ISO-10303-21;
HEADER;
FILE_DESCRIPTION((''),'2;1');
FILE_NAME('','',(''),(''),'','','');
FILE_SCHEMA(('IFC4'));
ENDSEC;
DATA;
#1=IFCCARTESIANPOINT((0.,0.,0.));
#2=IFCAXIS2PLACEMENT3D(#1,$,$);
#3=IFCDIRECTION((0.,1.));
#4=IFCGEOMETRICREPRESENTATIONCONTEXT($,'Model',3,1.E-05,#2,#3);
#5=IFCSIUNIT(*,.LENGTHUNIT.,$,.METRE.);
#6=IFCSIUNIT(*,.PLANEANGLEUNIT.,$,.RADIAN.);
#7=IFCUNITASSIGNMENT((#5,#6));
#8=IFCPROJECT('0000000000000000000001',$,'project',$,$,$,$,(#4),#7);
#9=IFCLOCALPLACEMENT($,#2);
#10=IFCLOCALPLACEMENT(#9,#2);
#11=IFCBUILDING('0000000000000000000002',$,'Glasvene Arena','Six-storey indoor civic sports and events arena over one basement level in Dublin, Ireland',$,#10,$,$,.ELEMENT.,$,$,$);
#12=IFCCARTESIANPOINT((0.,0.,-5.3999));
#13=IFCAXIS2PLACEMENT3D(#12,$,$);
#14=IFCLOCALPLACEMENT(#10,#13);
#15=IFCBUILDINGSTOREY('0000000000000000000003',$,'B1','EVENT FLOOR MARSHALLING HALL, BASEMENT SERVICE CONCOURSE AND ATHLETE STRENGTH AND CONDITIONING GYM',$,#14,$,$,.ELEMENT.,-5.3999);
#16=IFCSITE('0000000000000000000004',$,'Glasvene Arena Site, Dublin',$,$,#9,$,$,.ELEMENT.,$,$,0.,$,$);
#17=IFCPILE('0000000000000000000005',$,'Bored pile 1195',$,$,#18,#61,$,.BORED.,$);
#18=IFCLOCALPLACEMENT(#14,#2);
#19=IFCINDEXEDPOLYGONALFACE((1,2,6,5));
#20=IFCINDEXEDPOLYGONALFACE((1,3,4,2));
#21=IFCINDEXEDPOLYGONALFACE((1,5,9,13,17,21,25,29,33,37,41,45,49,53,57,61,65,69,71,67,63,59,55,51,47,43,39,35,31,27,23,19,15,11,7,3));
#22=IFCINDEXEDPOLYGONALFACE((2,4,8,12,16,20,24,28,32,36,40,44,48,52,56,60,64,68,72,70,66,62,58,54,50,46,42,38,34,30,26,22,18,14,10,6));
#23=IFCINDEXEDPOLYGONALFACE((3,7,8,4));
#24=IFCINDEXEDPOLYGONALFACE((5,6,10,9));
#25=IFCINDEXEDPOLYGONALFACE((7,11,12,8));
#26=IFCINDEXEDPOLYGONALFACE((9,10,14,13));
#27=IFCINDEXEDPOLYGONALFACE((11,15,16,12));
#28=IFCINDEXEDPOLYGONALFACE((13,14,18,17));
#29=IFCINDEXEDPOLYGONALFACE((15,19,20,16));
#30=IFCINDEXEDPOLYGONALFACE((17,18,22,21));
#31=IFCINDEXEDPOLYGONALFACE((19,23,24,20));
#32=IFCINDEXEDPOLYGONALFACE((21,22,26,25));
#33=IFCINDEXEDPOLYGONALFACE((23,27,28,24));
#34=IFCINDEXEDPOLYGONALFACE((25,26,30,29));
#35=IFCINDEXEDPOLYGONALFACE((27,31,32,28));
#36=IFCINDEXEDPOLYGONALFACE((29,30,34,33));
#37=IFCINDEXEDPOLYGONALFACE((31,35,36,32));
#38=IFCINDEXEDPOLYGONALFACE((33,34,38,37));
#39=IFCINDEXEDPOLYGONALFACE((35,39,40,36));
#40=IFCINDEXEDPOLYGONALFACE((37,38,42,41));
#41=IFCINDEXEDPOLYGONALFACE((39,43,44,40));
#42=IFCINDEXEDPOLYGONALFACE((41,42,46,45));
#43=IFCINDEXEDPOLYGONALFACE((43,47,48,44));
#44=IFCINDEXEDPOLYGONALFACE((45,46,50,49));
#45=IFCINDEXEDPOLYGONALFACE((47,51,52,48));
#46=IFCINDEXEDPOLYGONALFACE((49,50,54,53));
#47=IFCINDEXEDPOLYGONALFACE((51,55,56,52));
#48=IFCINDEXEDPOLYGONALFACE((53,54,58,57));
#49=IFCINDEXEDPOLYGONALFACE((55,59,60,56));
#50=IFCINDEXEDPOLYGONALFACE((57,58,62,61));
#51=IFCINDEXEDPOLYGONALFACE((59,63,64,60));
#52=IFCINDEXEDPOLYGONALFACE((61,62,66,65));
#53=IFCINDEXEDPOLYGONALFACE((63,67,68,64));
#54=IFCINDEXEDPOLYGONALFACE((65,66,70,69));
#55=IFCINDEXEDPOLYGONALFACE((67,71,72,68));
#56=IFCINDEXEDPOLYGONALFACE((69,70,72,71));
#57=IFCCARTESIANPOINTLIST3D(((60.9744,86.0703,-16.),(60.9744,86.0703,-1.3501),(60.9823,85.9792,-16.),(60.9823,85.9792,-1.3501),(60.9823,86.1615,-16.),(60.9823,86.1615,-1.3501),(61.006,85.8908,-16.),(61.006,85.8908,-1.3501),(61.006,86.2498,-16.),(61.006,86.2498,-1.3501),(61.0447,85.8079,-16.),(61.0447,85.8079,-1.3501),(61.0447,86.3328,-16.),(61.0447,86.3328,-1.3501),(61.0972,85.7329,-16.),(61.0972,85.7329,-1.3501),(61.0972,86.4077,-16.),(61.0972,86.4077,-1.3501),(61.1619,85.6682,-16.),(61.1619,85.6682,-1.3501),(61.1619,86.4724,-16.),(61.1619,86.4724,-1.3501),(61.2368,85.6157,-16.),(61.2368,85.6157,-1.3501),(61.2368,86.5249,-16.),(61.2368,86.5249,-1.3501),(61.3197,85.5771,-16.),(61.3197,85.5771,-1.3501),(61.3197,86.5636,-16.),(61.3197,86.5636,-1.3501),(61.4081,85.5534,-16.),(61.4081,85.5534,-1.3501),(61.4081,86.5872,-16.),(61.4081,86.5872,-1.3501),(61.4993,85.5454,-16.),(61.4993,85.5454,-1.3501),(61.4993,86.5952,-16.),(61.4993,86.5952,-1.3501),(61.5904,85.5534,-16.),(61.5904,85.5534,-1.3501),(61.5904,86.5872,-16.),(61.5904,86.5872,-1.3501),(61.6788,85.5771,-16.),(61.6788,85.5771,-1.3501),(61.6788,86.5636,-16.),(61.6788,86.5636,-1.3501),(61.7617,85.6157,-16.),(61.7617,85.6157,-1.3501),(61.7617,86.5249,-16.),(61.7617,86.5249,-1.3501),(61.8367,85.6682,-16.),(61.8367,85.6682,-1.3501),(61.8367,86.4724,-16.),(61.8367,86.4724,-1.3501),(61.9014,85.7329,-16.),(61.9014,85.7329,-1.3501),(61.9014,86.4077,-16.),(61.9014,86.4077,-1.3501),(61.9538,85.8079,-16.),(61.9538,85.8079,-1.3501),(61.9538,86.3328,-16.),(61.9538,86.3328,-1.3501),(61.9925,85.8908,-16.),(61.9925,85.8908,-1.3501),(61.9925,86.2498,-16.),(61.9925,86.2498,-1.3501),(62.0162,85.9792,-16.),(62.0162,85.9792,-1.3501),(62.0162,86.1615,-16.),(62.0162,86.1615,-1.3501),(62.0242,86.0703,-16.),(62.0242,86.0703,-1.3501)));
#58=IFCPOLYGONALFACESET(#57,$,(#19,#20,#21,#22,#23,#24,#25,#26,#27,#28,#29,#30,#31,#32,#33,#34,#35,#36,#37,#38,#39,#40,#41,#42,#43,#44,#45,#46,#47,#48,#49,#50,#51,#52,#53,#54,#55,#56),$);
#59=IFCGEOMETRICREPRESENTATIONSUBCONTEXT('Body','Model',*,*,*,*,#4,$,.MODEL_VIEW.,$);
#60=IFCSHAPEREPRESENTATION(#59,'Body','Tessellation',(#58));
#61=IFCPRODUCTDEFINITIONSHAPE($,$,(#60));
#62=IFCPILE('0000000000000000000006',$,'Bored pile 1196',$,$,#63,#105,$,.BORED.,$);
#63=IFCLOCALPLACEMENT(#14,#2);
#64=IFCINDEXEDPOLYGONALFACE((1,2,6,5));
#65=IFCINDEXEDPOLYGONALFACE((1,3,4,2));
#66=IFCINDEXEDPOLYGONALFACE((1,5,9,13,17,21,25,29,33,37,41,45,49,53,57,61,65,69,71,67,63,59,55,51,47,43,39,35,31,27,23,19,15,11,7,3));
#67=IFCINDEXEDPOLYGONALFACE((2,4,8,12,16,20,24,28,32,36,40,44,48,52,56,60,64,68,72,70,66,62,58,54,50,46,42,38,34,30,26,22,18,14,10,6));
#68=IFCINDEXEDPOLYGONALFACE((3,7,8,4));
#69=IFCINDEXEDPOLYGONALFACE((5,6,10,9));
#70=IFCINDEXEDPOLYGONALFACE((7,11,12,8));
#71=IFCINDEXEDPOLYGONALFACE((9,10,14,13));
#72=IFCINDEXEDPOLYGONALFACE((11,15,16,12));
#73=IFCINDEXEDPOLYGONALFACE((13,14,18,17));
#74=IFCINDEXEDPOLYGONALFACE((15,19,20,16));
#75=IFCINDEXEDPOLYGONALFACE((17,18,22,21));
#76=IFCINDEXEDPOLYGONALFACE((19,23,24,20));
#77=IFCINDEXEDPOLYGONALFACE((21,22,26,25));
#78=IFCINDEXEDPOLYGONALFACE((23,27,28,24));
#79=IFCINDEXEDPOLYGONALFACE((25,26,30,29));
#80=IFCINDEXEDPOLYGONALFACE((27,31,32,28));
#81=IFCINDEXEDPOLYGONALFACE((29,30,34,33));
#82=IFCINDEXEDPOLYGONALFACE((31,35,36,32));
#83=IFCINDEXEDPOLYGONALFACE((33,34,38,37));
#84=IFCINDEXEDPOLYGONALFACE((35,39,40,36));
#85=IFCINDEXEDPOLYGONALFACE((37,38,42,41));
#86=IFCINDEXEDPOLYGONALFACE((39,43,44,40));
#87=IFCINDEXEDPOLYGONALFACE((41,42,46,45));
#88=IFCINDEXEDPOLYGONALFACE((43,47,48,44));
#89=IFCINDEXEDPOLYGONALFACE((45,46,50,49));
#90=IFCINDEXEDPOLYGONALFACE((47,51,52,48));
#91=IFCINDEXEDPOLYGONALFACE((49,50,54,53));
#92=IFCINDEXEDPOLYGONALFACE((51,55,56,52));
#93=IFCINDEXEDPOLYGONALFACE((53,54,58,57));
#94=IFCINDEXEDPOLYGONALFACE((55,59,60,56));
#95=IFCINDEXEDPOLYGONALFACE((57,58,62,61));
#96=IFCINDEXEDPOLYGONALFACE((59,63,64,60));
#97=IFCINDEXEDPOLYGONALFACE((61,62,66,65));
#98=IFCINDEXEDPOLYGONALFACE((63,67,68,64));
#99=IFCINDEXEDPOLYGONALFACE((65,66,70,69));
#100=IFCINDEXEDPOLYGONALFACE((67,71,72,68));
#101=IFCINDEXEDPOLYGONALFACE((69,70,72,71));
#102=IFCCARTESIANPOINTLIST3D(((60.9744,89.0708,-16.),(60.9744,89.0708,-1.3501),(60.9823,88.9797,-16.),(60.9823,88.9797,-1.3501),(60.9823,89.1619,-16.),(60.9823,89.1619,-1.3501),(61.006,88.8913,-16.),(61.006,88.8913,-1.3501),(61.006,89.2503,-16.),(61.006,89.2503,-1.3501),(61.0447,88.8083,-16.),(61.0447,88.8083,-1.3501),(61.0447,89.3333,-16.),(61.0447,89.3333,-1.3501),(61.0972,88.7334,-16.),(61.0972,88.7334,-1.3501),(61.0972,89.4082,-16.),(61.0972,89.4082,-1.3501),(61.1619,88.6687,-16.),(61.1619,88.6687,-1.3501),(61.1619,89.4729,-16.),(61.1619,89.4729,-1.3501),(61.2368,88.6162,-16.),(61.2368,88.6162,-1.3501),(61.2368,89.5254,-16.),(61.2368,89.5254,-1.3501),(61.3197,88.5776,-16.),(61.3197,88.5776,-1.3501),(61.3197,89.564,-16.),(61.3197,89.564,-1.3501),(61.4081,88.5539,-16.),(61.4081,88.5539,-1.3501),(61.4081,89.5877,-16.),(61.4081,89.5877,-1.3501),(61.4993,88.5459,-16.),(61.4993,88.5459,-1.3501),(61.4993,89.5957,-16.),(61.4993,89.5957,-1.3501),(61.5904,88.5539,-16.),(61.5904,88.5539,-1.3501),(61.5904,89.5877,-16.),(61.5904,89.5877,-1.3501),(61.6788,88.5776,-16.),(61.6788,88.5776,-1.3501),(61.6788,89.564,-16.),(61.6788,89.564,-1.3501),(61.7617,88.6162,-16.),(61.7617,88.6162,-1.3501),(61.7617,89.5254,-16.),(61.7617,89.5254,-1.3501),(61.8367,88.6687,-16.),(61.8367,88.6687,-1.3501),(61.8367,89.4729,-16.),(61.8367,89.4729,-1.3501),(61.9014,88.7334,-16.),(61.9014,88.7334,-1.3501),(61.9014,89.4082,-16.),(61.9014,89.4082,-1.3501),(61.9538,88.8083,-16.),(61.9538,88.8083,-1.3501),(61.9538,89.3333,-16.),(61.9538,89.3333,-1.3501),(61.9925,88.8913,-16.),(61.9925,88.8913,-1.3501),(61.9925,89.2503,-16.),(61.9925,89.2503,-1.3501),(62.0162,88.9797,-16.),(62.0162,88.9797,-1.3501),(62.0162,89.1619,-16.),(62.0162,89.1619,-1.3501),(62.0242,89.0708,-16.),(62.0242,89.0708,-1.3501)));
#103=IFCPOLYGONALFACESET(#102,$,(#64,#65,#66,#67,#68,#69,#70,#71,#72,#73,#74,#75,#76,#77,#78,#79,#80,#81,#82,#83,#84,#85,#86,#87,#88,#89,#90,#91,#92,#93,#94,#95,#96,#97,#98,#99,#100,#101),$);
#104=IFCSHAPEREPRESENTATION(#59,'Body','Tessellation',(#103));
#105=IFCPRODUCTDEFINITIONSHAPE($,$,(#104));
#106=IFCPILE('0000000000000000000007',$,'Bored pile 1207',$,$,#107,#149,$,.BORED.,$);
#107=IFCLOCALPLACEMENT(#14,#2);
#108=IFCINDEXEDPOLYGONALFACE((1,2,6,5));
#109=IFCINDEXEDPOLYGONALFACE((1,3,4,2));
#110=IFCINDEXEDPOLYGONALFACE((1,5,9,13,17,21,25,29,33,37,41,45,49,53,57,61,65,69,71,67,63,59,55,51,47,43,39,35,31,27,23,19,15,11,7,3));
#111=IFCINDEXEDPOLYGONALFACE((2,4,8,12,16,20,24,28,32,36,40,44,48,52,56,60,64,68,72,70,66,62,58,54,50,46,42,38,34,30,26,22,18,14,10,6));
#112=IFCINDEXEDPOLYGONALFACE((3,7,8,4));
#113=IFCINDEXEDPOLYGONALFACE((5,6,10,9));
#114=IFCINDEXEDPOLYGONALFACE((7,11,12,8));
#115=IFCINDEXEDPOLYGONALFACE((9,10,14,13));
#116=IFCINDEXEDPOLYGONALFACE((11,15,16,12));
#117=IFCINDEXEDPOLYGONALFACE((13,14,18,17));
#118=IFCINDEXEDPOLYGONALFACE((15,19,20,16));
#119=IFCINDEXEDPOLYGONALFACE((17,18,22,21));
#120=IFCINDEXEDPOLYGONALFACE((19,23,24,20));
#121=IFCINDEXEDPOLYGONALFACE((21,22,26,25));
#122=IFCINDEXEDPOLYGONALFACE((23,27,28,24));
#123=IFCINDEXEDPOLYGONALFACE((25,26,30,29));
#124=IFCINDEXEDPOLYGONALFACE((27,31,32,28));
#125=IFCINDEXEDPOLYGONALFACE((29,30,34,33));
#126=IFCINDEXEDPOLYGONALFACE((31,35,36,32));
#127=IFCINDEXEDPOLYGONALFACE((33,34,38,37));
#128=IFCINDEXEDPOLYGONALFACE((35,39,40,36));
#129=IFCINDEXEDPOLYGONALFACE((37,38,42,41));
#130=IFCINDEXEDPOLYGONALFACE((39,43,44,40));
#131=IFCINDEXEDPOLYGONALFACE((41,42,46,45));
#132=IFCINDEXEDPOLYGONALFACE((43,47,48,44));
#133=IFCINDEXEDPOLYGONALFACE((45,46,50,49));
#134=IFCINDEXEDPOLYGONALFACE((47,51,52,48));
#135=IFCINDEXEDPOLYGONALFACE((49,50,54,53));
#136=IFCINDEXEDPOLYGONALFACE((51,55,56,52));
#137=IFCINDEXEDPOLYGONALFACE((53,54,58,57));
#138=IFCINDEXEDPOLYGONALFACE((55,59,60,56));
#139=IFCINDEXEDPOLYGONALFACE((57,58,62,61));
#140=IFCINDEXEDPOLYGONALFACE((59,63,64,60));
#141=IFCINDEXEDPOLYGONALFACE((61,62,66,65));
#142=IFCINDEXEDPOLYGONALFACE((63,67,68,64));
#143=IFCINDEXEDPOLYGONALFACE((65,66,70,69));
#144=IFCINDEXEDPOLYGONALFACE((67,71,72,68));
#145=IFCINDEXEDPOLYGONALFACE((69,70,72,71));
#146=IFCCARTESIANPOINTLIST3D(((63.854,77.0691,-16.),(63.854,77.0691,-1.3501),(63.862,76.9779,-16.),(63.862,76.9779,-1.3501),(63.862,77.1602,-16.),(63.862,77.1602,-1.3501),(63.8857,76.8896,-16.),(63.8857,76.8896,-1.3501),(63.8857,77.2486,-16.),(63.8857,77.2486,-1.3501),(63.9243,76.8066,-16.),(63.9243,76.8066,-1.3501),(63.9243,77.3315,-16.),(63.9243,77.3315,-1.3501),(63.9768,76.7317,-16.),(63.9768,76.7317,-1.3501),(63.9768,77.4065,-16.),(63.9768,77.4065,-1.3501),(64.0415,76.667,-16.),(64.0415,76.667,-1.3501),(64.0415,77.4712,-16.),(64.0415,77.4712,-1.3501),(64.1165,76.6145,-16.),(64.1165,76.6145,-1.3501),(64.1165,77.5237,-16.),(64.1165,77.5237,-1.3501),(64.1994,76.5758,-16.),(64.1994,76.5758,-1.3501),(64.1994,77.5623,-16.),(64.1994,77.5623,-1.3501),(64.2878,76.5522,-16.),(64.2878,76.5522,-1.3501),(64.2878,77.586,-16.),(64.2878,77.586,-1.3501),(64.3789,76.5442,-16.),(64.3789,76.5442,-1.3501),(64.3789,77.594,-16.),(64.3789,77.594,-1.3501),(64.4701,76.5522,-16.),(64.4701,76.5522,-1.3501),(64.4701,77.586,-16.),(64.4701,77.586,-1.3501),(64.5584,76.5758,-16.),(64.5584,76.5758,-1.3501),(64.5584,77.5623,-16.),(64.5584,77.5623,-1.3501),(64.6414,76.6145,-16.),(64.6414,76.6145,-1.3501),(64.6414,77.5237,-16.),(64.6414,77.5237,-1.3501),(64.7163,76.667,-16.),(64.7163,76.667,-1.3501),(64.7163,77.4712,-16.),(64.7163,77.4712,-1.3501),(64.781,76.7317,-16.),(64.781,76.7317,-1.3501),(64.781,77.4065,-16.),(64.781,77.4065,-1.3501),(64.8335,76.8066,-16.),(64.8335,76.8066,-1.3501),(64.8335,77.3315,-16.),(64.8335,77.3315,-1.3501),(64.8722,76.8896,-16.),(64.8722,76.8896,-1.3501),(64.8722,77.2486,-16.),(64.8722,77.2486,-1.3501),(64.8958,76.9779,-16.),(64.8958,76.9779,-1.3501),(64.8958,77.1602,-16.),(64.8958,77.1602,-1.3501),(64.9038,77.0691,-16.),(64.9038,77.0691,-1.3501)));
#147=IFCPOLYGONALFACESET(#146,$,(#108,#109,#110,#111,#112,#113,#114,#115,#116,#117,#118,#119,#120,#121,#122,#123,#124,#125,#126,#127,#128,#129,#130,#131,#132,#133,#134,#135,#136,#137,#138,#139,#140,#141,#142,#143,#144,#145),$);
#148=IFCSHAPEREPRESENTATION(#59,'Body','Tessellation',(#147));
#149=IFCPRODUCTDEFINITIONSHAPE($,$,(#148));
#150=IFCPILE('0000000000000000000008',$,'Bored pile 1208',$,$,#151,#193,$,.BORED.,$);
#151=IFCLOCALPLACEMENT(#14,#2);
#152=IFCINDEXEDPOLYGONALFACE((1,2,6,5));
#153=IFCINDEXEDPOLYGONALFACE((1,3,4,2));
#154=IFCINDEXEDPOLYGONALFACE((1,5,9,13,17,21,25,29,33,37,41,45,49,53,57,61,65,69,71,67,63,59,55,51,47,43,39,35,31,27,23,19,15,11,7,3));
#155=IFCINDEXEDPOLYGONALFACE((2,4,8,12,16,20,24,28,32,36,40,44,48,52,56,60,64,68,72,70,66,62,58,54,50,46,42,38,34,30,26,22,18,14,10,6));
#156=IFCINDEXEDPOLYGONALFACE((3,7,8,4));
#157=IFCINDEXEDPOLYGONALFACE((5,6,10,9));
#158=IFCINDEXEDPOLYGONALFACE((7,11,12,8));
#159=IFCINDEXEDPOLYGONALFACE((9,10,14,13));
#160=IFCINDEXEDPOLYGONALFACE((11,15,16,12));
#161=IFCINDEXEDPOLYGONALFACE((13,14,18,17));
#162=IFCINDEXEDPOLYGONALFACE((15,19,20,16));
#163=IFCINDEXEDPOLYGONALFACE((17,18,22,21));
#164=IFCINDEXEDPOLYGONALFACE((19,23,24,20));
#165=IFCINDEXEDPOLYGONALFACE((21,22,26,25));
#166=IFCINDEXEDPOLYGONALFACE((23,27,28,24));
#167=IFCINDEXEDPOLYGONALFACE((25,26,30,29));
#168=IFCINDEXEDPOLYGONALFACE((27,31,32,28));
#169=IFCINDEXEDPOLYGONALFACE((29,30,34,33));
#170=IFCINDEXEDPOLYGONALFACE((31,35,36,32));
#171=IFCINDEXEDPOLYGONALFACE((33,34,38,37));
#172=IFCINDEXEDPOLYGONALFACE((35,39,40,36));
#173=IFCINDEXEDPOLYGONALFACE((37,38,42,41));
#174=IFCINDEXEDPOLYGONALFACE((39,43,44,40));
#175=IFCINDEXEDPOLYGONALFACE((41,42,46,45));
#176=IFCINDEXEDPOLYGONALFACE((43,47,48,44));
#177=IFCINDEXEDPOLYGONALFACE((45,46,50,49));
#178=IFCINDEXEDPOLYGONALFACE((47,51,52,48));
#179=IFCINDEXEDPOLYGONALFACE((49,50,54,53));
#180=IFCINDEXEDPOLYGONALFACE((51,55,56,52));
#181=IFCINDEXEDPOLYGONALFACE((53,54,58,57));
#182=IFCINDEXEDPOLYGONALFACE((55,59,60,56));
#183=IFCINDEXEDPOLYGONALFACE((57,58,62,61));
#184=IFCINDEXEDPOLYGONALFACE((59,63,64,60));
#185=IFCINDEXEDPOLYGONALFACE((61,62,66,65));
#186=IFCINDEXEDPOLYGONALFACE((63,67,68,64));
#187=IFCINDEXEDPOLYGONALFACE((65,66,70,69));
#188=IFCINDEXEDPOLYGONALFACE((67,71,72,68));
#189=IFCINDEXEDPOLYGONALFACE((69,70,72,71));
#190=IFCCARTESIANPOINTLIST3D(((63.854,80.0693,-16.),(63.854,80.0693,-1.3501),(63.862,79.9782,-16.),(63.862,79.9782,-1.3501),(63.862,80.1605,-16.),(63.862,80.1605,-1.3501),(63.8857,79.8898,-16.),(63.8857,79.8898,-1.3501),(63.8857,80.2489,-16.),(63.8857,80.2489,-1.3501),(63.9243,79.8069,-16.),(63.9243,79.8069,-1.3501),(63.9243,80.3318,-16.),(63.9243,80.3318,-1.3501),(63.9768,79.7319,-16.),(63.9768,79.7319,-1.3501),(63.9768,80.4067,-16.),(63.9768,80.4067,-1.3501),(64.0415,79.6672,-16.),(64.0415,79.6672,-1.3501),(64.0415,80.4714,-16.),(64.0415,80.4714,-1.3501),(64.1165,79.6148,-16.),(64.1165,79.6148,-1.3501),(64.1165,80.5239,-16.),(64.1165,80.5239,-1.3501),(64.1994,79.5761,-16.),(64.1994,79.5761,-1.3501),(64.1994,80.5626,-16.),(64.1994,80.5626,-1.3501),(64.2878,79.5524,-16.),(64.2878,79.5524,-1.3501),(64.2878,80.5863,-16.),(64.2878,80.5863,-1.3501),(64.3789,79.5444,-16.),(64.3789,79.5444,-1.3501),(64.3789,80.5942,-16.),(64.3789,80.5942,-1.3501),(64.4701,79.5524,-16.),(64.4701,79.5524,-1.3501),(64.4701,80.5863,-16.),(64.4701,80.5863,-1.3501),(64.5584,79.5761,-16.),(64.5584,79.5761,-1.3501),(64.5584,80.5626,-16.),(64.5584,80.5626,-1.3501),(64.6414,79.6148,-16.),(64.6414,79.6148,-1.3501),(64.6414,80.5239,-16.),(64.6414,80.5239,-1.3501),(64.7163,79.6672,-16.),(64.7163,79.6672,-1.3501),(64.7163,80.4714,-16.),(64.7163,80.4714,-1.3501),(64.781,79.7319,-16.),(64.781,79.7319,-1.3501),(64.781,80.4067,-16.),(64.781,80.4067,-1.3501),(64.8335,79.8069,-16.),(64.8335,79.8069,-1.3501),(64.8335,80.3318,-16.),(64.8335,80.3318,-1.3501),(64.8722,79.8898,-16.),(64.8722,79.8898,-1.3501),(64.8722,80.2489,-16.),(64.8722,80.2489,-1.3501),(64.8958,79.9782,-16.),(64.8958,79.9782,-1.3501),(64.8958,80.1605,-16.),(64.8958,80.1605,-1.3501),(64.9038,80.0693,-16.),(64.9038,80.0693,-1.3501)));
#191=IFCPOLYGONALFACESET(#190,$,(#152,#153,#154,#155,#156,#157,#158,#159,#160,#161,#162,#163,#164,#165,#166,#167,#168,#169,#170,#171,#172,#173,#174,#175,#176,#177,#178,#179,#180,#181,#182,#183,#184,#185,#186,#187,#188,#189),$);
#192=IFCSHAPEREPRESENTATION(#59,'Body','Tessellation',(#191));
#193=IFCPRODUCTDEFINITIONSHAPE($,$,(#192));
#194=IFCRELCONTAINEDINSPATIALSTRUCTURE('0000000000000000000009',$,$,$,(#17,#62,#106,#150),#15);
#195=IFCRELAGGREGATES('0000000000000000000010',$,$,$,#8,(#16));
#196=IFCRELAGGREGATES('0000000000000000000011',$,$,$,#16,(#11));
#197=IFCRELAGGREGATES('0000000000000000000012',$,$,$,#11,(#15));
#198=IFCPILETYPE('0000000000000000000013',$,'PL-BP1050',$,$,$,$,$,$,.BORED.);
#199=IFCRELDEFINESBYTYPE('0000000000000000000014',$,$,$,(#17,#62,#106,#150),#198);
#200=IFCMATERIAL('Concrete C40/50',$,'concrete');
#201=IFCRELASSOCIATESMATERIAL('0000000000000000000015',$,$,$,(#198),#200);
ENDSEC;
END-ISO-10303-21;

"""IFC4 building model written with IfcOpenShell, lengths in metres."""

from ifc_helpers import new_model, si_unit, direction, frame, origin, origin_2d, place, context, subcontext, project, spatial, circle, extrude, material, material_profile, profile_set, type_object, element, save


model = new_model("IFC4")

# Units and contexts
model_context = context("Model", 3, precision=1e-05, world=origin(), true_north=direction((0.0, 1.0)))
body_context = subcontext(model_context, "Body", "Model", "MODEL_VIEW")
ifc_project = project(units=[si_unit("LENGTHUNIT", "METRE"), si_unit("PLANEANGLEUNIT", "RADIAN")], contexts=[model_context])

# Site, building, storey
site_placement = place(None, origin())
site = spatial("IfcSite", under=ifc_project, at=site_placement, Name="Glasvene Arena Site, Dublin", CompositionType="ELEMENT", RefElevation=0.0)
building_placement = place(site_placement, origin())
building = spatial("IfcBuilding", under=site, at=building_placement, Name="Glasvene Arena", Description="Six-storey indoor civic sports and events arena over one basement level in Dublin, Ireland", CompositionType="ELEMENT")
storey_placement = place(building_placement, frame((0.0, 0.0, -5.3999)))
storey = spatial("IfcBuildingStorey", under=building, at=storey_placement, Name="B1", Description="EVENT FLOOR MARSHALLING HALL, BASEMENT SERVICE CONCOURSE AND ATHLETE STRENGTH AND CONDITIONING GYM", CompositionType="ELEMENT", Elevation=-5.3999)

# Piles
ifc_material_1 = material(Name="Concrete C40/50", Category="concrete")
ifc_material_profile_1 = material_profile(ifc_material_1, circle(Radius=0.5249, at=origin_2d()), Name="BORED PILE 1050")
ifc_profile_set_1 = profile_set([ifc_material_profile_1], Name="Concrete C40/50")
pile_type = type_object("IfcPileType", Name="PL-BP1050", PredefinedType="BORED", material=ifc_profile_set_1)
for number, where, z_axis, x_axis, name in (
    (1, (61.4993, 86.0703, -1.3501), (0.0, 0.0, -1.0), (1.0, 0.0, 0.0), "Bored pile 1195"),
    (2, (61.4993, 89.0708, -1.3501), (0.0, 0.0, -1.0), (1.0, 0.0, 0.0), "Bored pile 1196"),
    (3, (64.3789, 77.0691, -1.3501), (0.0, 0.0, -1.0), (1.0, 0.0, 0.0), "Bored pile 1207"),
    (4, (64.3789, 80.0693, -1.3501), (0.0, 0.0, -1.0), (1.0, 0.0, 0.0), "Bored pile 1208"),
):
    element("IfcPile", number, at=place(storey_placement, frame(where, z_axis=z_axis, x_axis=x_axis)), inside=storey, type_object=pile_type, Name=name, PredefinedType="BORED", context=body_context, shape_type="SweptSolid", body=[
        extrude(circle(Radius=0.5249, at=origin_2d()), origin(), (0.0, 0.0, 1.0), 14.6499),
    ])

save(model, "model.ifc")
